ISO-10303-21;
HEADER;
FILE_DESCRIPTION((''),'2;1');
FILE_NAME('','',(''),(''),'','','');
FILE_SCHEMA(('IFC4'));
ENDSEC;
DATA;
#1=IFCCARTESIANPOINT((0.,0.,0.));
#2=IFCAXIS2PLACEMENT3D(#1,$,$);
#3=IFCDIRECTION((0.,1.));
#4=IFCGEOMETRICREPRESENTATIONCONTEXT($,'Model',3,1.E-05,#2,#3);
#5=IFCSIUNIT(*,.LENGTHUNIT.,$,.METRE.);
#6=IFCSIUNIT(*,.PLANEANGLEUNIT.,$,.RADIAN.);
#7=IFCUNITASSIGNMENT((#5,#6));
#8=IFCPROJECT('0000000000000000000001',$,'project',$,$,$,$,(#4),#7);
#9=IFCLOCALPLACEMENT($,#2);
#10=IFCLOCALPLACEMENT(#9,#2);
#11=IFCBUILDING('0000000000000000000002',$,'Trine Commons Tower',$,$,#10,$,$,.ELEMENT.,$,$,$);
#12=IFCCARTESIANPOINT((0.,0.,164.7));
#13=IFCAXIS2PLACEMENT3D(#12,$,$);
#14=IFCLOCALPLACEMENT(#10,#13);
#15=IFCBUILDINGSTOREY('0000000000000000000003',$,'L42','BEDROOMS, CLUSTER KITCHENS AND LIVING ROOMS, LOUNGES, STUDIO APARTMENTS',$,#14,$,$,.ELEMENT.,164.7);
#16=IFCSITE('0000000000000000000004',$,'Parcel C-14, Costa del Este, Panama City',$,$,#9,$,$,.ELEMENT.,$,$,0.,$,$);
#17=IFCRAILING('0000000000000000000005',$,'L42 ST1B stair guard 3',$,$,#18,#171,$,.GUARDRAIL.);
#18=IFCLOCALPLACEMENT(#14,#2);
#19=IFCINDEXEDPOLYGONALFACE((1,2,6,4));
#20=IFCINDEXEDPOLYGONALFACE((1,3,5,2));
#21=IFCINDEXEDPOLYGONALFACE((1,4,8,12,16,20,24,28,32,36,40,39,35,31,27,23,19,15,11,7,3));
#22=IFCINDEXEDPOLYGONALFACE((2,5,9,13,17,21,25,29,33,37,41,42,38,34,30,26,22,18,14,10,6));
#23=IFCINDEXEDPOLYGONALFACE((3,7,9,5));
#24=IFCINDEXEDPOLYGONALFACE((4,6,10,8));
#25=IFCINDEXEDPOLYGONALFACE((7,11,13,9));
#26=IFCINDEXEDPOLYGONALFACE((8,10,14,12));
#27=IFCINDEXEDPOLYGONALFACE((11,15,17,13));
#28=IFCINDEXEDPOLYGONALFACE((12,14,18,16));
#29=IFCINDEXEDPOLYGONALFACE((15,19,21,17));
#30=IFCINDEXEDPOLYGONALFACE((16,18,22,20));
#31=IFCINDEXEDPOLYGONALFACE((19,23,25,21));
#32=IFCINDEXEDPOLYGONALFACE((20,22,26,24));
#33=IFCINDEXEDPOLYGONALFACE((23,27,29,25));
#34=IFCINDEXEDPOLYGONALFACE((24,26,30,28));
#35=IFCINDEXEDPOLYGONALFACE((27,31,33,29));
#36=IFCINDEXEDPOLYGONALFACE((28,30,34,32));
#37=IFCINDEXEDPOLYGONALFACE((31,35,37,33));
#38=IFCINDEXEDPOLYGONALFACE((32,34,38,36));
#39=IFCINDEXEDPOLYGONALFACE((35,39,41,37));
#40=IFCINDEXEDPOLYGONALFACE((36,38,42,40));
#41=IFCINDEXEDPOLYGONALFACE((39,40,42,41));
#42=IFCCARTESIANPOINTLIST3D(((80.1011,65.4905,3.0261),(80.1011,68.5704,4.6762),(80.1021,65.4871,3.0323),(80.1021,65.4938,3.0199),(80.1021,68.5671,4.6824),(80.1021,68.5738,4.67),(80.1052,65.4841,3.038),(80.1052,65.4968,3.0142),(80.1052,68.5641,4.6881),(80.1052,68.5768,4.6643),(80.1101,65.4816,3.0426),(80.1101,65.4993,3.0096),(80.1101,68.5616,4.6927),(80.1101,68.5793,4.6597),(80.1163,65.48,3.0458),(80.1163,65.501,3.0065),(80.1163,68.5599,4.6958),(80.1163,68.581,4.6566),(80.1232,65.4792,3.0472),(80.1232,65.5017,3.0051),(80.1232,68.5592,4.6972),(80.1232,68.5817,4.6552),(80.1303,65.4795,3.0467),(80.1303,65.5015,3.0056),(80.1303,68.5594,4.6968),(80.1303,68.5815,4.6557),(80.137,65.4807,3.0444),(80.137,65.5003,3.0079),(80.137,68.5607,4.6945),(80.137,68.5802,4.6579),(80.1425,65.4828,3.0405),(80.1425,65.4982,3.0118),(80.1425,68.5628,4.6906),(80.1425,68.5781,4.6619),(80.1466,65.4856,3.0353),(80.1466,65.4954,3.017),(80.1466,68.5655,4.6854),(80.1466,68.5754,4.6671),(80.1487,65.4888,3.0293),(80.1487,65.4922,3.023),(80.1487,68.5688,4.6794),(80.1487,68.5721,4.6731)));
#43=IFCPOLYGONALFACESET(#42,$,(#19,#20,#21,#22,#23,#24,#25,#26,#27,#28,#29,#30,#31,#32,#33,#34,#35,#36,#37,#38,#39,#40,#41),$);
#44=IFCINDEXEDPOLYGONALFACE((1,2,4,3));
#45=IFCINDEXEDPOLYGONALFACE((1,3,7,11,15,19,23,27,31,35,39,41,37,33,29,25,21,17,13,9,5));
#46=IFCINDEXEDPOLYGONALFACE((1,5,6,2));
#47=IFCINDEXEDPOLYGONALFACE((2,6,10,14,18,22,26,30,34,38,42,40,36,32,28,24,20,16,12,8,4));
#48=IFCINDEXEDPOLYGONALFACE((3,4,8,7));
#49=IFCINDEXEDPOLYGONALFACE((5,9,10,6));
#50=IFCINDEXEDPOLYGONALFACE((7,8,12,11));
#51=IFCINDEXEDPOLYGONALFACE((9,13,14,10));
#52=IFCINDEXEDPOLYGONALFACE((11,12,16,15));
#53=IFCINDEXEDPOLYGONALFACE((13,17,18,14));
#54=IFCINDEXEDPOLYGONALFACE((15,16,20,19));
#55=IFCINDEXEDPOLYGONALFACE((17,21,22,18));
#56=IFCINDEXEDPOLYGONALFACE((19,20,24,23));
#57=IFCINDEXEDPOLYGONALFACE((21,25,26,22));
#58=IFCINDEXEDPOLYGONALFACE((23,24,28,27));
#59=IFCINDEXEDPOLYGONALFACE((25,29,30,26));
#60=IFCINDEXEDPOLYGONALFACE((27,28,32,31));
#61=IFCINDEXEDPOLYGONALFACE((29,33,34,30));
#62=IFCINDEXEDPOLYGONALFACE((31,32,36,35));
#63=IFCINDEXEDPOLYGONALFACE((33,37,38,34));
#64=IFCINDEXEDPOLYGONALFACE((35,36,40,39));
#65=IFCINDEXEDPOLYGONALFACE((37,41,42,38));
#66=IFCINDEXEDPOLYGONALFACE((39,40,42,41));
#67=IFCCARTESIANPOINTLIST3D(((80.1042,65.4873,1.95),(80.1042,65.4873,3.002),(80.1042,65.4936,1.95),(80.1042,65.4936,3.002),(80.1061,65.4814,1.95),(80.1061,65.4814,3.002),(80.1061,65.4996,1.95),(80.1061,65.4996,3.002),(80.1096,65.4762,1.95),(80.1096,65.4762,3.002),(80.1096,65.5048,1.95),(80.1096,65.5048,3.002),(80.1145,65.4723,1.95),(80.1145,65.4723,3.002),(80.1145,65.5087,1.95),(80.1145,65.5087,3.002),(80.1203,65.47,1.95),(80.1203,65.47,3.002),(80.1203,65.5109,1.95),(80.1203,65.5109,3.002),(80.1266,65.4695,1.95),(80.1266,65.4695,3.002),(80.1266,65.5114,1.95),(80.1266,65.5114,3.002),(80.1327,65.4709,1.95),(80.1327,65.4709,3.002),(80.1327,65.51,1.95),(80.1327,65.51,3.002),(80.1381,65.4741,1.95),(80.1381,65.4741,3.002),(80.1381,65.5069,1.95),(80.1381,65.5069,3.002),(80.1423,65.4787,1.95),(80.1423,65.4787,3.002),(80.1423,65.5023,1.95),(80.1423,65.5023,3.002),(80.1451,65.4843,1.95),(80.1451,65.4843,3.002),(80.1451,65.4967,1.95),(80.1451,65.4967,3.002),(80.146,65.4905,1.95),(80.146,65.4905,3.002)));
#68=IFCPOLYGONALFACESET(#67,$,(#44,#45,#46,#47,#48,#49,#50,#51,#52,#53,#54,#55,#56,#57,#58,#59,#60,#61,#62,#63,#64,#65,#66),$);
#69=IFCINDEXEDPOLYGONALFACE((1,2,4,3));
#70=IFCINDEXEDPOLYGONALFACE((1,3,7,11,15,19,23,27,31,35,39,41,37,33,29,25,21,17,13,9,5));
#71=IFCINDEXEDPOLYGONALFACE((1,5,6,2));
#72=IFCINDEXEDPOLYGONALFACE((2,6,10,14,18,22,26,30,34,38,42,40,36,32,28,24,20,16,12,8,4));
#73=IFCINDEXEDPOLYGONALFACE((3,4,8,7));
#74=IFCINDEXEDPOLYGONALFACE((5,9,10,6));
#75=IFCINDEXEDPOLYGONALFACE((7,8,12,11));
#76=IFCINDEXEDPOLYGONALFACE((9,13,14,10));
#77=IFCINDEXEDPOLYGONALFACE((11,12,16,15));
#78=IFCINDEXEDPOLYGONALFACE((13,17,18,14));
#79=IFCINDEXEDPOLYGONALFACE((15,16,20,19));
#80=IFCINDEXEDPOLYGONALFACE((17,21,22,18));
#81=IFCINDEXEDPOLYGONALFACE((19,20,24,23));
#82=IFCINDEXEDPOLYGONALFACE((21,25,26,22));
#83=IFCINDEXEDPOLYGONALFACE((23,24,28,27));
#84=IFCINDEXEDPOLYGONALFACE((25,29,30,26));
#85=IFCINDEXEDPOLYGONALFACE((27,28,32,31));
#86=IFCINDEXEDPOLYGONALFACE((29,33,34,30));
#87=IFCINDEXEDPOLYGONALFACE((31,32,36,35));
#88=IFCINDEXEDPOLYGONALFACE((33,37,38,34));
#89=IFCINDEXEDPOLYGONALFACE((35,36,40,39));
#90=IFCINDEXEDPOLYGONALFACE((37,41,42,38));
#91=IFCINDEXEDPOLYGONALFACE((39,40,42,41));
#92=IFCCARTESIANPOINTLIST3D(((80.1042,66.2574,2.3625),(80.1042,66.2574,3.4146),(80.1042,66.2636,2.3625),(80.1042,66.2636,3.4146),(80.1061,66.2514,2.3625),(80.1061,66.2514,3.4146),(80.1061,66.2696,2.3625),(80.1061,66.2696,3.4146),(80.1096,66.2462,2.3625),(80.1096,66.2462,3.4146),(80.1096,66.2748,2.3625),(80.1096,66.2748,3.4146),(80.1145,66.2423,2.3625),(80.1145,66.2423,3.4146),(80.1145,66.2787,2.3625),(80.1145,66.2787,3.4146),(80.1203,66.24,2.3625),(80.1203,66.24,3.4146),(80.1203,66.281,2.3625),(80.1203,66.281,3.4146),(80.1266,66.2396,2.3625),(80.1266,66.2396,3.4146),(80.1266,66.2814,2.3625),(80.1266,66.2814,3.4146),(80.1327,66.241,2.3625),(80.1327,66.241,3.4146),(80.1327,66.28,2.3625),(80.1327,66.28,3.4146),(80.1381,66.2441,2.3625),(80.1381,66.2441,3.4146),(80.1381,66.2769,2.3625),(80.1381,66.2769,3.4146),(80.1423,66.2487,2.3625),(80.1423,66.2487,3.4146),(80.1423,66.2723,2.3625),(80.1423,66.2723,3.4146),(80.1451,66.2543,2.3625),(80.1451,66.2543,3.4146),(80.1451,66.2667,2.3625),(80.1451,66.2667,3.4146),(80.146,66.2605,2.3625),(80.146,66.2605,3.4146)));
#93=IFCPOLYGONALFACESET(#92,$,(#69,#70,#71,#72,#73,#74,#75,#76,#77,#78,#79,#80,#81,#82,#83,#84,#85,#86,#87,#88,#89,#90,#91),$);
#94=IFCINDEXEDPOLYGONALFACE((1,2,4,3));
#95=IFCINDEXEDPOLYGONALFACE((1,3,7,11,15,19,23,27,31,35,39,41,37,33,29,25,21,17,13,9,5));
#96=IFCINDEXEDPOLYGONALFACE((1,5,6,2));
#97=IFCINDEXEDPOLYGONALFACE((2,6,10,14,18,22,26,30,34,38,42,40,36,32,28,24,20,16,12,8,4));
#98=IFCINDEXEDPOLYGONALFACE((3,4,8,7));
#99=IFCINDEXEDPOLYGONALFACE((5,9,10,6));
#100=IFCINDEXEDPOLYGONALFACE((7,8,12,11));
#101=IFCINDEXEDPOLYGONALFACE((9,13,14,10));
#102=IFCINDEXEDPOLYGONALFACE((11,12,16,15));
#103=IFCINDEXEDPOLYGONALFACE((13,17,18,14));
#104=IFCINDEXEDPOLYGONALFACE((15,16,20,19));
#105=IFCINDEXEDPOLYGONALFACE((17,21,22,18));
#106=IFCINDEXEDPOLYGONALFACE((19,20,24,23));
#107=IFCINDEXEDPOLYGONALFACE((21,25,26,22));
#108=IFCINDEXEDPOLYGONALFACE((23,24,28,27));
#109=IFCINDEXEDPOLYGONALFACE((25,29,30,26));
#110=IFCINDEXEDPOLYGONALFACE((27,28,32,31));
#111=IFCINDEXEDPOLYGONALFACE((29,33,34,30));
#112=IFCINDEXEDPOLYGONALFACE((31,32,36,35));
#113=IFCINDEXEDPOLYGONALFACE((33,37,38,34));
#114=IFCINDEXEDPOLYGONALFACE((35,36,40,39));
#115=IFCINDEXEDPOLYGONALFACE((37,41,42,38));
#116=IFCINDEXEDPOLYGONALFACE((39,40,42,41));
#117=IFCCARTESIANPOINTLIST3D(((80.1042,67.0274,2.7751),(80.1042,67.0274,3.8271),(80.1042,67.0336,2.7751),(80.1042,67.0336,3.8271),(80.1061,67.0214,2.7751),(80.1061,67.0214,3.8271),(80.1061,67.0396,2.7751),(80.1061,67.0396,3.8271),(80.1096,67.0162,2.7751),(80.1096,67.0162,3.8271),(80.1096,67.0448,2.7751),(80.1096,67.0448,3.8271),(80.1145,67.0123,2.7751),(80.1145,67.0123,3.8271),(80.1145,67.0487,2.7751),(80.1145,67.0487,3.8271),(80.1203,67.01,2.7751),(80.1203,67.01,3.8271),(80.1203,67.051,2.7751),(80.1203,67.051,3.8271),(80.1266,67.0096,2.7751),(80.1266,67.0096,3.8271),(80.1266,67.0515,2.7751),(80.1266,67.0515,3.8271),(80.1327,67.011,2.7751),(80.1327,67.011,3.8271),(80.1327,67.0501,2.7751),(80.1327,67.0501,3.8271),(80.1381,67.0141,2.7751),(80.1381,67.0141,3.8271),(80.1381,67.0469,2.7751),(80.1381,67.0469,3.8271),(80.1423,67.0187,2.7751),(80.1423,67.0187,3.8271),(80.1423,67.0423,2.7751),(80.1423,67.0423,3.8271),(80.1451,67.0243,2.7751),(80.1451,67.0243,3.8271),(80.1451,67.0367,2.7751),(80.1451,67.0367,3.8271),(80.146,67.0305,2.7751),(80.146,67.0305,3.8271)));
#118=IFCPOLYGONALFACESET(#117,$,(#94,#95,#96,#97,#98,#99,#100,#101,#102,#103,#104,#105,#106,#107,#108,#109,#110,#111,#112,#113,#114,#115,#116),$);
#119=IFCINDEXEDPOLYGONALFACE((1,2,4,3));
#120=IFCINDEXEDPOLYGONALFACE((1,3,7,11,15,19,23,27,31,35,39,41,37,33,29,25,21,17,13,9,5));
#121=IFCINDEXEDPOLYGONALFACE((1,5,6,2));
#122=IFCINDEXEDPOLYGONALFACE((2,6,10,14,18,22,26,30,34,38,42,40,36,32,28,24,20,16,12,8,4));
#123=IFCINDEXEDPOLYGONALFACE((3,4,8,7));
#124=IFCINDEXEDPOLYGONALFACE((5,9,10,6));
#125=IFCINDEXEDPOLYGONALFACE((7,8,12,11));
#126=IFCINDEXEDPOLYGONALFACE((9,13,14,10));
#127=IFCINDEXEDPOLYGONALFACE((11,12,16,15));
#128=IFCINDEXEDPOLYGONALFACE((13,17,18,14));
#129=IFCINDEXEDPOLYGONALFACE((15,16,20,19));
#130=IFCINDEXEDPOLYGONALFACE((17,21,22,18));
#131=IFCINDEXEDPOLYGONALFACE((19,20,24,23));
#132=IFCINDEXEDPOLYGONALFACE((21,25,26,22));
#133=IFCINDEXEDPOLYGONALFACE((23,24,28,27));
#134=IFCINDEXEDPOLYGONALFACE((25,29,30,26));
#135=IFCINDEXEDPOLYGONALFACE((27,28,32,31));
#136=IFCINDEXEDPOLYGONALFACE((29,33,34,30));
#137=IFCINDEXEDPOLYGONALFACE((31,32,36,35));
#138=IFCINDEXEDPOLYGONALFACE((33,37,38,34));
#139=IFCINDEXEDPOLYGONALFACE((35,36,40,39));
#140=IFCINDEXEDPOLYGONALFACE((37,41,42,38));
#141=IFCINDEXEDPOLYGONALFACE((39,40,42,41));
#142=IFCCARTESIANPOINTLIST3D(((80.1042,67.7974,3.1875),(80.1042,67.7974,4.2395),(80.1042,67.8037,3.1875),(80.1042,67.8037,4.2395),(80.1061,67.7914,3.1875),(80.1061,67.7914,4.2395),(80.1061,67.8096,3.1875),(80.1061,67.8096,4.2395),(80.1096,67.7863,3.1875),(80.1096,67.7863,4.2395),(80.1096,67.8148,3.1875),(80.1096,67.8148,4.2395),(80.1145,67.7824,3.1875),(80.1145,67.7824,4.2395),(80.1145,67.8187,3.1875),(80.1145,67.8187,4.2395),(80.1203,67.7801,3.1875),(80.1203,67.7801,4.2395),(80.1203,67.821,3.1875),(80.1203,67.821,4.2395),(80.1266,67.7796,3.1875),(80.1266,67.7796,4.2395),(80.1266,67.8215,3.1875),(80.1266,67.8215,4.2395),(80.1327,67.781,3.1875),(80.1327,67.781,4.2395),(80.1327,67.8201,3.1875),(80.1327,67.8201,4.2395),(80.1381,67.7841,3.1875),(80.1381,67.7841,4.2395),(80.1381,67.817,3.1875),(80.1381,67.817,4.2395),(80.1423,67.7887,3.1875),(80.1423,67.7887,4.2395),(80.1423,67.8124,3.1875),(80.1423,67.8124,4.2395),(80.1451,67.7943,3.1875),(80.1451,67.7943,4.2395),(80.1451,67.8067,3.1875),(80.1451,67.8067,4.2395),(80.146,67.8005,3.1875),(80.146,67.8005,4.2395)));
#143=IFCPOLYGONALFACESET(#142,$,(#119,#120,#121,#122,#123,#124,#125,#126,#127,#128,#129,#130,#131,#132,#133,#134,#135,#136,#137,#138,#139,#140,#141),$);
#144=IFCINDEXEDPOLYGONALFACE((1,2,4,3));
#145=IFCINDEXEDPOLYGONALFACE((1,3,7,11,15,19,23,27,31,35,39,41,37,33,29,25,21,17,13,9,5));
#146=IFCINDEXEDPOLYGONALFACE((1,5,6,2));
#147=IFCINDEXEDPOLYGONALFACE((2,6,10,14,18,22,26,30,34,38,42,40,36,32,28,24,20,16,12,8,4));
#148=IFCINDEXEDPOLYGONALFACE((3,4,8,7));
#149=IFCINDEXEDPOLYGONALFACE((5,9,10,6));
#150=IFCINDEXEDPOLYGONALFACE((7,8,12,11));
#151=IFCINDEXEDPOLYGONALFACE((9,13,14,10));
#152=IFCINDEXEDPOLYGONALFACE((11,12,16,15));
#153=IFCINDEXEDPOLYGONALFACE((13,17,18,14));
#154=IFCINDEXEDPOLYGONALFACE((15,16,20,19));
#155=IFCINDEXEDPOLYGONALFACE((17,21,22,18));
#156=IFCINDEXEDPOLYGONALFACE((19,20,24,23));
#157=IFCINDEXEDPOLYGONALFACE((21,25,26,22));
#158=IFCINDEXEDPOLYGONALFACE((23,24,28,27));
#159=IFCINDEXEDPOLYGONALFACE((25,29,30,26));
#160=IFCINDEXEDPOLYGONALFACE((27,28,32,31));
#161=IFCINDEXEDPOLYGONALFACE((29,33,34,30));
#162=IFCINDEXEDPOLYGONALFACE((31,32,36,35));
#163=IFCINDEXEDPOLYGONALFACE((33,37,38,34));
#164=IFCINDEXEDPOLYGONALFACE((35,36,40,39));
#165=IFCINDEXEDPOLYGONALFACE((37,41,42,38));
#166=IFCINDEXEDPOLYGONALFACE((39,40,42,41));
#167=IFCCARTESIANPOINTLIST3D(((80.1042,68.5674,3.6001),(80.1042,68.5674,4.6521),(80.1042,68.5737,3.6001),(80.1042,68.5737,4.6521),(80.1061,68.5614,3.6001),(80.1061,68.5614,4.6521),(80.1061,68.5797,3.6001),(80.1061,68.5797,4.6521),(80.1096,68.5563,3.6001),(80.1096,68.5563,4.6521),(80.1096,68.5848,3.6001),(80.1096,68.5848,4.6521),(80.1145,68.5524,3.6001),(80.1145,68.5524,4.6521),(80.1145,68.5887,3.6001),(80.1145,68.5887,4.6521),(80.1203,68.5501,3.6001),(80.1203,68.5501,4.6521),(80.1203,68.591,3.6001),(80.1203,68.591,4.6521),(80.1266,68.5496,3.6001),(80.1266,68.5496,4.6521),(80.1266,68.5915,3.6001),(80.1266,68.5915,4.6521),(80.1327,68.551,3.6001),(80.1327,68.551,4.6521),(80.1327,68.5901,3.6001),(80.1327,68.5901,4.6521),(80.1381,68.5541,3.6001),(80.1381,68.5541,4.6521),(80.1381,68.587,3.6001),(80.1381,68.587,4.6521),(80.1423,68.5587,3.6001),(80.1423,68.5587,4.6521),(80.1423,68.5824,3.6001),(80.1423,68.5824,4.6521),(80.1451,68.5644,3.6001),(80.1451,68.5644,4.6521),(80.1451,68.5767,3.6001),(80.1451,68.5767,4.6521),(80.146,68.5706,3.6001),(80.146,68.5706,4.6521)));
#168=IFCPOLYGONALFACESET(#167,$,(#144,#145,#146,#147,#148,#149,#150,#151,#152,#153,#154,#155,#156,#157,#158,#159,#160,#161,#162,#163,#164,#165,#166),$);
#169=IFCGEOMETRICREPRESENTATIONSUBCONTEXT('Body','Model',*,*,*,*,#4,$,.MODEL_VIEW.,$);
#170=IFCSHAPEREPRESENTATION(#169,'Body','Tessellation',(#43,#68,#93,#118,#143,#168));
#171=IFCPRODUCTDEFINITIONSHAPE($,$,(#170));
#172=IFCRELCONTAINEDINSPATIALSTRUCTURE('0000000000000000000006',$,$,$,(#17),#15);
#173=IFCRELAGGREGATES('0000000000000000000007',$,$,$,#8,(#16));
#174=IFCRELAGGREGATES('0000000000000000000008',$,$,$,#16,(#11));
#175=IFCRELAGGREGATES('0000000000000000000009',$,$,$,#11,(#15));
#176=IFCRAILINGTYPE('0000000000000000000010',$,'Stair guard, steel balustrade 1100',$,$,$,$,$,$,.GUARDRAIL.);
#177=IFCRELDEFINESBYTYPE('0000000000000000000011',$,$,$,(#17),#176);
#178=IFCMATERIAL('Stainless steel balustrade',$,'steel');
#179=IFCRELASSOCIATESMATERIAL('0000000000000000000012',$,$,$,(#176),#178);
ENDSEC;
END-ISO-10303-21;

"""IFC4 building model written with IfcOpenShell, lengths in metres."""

from ifc_helpers import new_model, si_unit, direction, frame, origin, origin_2d, place, context, subcontext, project, spatial, circle, extrude, material, type_object, element, save


model = new_model("IFC4")

# Units and contexts
model_context = context("Model", 3, precision=1e-05, world=origin(), true_north=direction((0.0, 1.0)))
body_context = subcontext(model_context, "Body", "Model", "MODEL_VIEW")
ifc_project = project(units=[si_unit("LENGTHUNIT", "METRE"), si_unit("PLANEANGLEUNIT", "RADIAN")], contexts=[model_context])

# Site, building, storey
site_placement = place(None, origin())
site = spatial("IfcSite", under=ifc_project, at=site_placement, Name="Parcel C-14, Costa del Este, Panama City", CompositionType="ELEMENT", RefElevation=0.0)
building_placement = place(site_placement, origin())
building = spatial("IfcBuilding", under=site, at=building_placement, Name="Trine Commons Tower", CompositionType="ELEMENT")
storey_placement = place(building_placement, frame((0.0, 0.0, 164.7)))
storey = spatial("IfcBuildingStorey", under=building, at=storey_placement, Name="L42", Description="BEDROOMS, CLUSTER KITCHENS AND LIVING ROOMS, LOUNGES, STUDIO APARTMENTS", CompositionType="ELEMENT", Elevation=164.7)

# Railing
ifc_material_1 = material(Name="Stainless steel balustrade", Category="steel")
railing_type_1 = type_object("IfcRailingType", Name="Stair guard, steel balustrade 1100", PredefinedType="GUARDRAIL", material=ifc_material_1)
railing_1_placement = place(storey_placement, frame((80.125, 65.4905, 1.95)))
element("IfcRailing", 1, at=railing_1_placement, inside=storey, type_object=railing_type_1, Name="L42 ST1B stair guard 3", PredefinedType="GUARDRAIL", context=body_context, shape_type="SweptSolid", body=[
    extrude(circle(Radius=0.0239, at=origin_2d()), frame((0.0, 0.0, 1.0762), z_axis=(0.0, 0.881468, 0.472245), x_axis=(-1.0, 0.0, 0.0)), (0.0, 0.0, 1.0), 3.4941),
    extrude(circle(Radius=0.021, at=origin_2d()), origin(), (0.0, 0.0, 1.0), 1.052),
    extrude(circle(Radius=0.021, at=origin_2d()), frame((0.0, 0.77, 0.4126)), (0.0, 0.0, 1.0), 1.052),
    extrude(circle(Radius=0.021, at=origin_2d()), frame((0.0, 1.54, 0.8252)), (0.0, 0.0, 1.0), 1.052),
    extrude(circle(Radius=0.021, at=origin_2d()), frame((0.0, 2.3101, 1.2375)), (0.0, 0.0, 1.0), 1.052),
    extrude(circle(Radius=0.021, at=origin_2d()), frame((0.0, 3.0801, 1.6501)), (0.0, 0.0, 1.0), 1.052),
])

save(model, "model.ifc")
